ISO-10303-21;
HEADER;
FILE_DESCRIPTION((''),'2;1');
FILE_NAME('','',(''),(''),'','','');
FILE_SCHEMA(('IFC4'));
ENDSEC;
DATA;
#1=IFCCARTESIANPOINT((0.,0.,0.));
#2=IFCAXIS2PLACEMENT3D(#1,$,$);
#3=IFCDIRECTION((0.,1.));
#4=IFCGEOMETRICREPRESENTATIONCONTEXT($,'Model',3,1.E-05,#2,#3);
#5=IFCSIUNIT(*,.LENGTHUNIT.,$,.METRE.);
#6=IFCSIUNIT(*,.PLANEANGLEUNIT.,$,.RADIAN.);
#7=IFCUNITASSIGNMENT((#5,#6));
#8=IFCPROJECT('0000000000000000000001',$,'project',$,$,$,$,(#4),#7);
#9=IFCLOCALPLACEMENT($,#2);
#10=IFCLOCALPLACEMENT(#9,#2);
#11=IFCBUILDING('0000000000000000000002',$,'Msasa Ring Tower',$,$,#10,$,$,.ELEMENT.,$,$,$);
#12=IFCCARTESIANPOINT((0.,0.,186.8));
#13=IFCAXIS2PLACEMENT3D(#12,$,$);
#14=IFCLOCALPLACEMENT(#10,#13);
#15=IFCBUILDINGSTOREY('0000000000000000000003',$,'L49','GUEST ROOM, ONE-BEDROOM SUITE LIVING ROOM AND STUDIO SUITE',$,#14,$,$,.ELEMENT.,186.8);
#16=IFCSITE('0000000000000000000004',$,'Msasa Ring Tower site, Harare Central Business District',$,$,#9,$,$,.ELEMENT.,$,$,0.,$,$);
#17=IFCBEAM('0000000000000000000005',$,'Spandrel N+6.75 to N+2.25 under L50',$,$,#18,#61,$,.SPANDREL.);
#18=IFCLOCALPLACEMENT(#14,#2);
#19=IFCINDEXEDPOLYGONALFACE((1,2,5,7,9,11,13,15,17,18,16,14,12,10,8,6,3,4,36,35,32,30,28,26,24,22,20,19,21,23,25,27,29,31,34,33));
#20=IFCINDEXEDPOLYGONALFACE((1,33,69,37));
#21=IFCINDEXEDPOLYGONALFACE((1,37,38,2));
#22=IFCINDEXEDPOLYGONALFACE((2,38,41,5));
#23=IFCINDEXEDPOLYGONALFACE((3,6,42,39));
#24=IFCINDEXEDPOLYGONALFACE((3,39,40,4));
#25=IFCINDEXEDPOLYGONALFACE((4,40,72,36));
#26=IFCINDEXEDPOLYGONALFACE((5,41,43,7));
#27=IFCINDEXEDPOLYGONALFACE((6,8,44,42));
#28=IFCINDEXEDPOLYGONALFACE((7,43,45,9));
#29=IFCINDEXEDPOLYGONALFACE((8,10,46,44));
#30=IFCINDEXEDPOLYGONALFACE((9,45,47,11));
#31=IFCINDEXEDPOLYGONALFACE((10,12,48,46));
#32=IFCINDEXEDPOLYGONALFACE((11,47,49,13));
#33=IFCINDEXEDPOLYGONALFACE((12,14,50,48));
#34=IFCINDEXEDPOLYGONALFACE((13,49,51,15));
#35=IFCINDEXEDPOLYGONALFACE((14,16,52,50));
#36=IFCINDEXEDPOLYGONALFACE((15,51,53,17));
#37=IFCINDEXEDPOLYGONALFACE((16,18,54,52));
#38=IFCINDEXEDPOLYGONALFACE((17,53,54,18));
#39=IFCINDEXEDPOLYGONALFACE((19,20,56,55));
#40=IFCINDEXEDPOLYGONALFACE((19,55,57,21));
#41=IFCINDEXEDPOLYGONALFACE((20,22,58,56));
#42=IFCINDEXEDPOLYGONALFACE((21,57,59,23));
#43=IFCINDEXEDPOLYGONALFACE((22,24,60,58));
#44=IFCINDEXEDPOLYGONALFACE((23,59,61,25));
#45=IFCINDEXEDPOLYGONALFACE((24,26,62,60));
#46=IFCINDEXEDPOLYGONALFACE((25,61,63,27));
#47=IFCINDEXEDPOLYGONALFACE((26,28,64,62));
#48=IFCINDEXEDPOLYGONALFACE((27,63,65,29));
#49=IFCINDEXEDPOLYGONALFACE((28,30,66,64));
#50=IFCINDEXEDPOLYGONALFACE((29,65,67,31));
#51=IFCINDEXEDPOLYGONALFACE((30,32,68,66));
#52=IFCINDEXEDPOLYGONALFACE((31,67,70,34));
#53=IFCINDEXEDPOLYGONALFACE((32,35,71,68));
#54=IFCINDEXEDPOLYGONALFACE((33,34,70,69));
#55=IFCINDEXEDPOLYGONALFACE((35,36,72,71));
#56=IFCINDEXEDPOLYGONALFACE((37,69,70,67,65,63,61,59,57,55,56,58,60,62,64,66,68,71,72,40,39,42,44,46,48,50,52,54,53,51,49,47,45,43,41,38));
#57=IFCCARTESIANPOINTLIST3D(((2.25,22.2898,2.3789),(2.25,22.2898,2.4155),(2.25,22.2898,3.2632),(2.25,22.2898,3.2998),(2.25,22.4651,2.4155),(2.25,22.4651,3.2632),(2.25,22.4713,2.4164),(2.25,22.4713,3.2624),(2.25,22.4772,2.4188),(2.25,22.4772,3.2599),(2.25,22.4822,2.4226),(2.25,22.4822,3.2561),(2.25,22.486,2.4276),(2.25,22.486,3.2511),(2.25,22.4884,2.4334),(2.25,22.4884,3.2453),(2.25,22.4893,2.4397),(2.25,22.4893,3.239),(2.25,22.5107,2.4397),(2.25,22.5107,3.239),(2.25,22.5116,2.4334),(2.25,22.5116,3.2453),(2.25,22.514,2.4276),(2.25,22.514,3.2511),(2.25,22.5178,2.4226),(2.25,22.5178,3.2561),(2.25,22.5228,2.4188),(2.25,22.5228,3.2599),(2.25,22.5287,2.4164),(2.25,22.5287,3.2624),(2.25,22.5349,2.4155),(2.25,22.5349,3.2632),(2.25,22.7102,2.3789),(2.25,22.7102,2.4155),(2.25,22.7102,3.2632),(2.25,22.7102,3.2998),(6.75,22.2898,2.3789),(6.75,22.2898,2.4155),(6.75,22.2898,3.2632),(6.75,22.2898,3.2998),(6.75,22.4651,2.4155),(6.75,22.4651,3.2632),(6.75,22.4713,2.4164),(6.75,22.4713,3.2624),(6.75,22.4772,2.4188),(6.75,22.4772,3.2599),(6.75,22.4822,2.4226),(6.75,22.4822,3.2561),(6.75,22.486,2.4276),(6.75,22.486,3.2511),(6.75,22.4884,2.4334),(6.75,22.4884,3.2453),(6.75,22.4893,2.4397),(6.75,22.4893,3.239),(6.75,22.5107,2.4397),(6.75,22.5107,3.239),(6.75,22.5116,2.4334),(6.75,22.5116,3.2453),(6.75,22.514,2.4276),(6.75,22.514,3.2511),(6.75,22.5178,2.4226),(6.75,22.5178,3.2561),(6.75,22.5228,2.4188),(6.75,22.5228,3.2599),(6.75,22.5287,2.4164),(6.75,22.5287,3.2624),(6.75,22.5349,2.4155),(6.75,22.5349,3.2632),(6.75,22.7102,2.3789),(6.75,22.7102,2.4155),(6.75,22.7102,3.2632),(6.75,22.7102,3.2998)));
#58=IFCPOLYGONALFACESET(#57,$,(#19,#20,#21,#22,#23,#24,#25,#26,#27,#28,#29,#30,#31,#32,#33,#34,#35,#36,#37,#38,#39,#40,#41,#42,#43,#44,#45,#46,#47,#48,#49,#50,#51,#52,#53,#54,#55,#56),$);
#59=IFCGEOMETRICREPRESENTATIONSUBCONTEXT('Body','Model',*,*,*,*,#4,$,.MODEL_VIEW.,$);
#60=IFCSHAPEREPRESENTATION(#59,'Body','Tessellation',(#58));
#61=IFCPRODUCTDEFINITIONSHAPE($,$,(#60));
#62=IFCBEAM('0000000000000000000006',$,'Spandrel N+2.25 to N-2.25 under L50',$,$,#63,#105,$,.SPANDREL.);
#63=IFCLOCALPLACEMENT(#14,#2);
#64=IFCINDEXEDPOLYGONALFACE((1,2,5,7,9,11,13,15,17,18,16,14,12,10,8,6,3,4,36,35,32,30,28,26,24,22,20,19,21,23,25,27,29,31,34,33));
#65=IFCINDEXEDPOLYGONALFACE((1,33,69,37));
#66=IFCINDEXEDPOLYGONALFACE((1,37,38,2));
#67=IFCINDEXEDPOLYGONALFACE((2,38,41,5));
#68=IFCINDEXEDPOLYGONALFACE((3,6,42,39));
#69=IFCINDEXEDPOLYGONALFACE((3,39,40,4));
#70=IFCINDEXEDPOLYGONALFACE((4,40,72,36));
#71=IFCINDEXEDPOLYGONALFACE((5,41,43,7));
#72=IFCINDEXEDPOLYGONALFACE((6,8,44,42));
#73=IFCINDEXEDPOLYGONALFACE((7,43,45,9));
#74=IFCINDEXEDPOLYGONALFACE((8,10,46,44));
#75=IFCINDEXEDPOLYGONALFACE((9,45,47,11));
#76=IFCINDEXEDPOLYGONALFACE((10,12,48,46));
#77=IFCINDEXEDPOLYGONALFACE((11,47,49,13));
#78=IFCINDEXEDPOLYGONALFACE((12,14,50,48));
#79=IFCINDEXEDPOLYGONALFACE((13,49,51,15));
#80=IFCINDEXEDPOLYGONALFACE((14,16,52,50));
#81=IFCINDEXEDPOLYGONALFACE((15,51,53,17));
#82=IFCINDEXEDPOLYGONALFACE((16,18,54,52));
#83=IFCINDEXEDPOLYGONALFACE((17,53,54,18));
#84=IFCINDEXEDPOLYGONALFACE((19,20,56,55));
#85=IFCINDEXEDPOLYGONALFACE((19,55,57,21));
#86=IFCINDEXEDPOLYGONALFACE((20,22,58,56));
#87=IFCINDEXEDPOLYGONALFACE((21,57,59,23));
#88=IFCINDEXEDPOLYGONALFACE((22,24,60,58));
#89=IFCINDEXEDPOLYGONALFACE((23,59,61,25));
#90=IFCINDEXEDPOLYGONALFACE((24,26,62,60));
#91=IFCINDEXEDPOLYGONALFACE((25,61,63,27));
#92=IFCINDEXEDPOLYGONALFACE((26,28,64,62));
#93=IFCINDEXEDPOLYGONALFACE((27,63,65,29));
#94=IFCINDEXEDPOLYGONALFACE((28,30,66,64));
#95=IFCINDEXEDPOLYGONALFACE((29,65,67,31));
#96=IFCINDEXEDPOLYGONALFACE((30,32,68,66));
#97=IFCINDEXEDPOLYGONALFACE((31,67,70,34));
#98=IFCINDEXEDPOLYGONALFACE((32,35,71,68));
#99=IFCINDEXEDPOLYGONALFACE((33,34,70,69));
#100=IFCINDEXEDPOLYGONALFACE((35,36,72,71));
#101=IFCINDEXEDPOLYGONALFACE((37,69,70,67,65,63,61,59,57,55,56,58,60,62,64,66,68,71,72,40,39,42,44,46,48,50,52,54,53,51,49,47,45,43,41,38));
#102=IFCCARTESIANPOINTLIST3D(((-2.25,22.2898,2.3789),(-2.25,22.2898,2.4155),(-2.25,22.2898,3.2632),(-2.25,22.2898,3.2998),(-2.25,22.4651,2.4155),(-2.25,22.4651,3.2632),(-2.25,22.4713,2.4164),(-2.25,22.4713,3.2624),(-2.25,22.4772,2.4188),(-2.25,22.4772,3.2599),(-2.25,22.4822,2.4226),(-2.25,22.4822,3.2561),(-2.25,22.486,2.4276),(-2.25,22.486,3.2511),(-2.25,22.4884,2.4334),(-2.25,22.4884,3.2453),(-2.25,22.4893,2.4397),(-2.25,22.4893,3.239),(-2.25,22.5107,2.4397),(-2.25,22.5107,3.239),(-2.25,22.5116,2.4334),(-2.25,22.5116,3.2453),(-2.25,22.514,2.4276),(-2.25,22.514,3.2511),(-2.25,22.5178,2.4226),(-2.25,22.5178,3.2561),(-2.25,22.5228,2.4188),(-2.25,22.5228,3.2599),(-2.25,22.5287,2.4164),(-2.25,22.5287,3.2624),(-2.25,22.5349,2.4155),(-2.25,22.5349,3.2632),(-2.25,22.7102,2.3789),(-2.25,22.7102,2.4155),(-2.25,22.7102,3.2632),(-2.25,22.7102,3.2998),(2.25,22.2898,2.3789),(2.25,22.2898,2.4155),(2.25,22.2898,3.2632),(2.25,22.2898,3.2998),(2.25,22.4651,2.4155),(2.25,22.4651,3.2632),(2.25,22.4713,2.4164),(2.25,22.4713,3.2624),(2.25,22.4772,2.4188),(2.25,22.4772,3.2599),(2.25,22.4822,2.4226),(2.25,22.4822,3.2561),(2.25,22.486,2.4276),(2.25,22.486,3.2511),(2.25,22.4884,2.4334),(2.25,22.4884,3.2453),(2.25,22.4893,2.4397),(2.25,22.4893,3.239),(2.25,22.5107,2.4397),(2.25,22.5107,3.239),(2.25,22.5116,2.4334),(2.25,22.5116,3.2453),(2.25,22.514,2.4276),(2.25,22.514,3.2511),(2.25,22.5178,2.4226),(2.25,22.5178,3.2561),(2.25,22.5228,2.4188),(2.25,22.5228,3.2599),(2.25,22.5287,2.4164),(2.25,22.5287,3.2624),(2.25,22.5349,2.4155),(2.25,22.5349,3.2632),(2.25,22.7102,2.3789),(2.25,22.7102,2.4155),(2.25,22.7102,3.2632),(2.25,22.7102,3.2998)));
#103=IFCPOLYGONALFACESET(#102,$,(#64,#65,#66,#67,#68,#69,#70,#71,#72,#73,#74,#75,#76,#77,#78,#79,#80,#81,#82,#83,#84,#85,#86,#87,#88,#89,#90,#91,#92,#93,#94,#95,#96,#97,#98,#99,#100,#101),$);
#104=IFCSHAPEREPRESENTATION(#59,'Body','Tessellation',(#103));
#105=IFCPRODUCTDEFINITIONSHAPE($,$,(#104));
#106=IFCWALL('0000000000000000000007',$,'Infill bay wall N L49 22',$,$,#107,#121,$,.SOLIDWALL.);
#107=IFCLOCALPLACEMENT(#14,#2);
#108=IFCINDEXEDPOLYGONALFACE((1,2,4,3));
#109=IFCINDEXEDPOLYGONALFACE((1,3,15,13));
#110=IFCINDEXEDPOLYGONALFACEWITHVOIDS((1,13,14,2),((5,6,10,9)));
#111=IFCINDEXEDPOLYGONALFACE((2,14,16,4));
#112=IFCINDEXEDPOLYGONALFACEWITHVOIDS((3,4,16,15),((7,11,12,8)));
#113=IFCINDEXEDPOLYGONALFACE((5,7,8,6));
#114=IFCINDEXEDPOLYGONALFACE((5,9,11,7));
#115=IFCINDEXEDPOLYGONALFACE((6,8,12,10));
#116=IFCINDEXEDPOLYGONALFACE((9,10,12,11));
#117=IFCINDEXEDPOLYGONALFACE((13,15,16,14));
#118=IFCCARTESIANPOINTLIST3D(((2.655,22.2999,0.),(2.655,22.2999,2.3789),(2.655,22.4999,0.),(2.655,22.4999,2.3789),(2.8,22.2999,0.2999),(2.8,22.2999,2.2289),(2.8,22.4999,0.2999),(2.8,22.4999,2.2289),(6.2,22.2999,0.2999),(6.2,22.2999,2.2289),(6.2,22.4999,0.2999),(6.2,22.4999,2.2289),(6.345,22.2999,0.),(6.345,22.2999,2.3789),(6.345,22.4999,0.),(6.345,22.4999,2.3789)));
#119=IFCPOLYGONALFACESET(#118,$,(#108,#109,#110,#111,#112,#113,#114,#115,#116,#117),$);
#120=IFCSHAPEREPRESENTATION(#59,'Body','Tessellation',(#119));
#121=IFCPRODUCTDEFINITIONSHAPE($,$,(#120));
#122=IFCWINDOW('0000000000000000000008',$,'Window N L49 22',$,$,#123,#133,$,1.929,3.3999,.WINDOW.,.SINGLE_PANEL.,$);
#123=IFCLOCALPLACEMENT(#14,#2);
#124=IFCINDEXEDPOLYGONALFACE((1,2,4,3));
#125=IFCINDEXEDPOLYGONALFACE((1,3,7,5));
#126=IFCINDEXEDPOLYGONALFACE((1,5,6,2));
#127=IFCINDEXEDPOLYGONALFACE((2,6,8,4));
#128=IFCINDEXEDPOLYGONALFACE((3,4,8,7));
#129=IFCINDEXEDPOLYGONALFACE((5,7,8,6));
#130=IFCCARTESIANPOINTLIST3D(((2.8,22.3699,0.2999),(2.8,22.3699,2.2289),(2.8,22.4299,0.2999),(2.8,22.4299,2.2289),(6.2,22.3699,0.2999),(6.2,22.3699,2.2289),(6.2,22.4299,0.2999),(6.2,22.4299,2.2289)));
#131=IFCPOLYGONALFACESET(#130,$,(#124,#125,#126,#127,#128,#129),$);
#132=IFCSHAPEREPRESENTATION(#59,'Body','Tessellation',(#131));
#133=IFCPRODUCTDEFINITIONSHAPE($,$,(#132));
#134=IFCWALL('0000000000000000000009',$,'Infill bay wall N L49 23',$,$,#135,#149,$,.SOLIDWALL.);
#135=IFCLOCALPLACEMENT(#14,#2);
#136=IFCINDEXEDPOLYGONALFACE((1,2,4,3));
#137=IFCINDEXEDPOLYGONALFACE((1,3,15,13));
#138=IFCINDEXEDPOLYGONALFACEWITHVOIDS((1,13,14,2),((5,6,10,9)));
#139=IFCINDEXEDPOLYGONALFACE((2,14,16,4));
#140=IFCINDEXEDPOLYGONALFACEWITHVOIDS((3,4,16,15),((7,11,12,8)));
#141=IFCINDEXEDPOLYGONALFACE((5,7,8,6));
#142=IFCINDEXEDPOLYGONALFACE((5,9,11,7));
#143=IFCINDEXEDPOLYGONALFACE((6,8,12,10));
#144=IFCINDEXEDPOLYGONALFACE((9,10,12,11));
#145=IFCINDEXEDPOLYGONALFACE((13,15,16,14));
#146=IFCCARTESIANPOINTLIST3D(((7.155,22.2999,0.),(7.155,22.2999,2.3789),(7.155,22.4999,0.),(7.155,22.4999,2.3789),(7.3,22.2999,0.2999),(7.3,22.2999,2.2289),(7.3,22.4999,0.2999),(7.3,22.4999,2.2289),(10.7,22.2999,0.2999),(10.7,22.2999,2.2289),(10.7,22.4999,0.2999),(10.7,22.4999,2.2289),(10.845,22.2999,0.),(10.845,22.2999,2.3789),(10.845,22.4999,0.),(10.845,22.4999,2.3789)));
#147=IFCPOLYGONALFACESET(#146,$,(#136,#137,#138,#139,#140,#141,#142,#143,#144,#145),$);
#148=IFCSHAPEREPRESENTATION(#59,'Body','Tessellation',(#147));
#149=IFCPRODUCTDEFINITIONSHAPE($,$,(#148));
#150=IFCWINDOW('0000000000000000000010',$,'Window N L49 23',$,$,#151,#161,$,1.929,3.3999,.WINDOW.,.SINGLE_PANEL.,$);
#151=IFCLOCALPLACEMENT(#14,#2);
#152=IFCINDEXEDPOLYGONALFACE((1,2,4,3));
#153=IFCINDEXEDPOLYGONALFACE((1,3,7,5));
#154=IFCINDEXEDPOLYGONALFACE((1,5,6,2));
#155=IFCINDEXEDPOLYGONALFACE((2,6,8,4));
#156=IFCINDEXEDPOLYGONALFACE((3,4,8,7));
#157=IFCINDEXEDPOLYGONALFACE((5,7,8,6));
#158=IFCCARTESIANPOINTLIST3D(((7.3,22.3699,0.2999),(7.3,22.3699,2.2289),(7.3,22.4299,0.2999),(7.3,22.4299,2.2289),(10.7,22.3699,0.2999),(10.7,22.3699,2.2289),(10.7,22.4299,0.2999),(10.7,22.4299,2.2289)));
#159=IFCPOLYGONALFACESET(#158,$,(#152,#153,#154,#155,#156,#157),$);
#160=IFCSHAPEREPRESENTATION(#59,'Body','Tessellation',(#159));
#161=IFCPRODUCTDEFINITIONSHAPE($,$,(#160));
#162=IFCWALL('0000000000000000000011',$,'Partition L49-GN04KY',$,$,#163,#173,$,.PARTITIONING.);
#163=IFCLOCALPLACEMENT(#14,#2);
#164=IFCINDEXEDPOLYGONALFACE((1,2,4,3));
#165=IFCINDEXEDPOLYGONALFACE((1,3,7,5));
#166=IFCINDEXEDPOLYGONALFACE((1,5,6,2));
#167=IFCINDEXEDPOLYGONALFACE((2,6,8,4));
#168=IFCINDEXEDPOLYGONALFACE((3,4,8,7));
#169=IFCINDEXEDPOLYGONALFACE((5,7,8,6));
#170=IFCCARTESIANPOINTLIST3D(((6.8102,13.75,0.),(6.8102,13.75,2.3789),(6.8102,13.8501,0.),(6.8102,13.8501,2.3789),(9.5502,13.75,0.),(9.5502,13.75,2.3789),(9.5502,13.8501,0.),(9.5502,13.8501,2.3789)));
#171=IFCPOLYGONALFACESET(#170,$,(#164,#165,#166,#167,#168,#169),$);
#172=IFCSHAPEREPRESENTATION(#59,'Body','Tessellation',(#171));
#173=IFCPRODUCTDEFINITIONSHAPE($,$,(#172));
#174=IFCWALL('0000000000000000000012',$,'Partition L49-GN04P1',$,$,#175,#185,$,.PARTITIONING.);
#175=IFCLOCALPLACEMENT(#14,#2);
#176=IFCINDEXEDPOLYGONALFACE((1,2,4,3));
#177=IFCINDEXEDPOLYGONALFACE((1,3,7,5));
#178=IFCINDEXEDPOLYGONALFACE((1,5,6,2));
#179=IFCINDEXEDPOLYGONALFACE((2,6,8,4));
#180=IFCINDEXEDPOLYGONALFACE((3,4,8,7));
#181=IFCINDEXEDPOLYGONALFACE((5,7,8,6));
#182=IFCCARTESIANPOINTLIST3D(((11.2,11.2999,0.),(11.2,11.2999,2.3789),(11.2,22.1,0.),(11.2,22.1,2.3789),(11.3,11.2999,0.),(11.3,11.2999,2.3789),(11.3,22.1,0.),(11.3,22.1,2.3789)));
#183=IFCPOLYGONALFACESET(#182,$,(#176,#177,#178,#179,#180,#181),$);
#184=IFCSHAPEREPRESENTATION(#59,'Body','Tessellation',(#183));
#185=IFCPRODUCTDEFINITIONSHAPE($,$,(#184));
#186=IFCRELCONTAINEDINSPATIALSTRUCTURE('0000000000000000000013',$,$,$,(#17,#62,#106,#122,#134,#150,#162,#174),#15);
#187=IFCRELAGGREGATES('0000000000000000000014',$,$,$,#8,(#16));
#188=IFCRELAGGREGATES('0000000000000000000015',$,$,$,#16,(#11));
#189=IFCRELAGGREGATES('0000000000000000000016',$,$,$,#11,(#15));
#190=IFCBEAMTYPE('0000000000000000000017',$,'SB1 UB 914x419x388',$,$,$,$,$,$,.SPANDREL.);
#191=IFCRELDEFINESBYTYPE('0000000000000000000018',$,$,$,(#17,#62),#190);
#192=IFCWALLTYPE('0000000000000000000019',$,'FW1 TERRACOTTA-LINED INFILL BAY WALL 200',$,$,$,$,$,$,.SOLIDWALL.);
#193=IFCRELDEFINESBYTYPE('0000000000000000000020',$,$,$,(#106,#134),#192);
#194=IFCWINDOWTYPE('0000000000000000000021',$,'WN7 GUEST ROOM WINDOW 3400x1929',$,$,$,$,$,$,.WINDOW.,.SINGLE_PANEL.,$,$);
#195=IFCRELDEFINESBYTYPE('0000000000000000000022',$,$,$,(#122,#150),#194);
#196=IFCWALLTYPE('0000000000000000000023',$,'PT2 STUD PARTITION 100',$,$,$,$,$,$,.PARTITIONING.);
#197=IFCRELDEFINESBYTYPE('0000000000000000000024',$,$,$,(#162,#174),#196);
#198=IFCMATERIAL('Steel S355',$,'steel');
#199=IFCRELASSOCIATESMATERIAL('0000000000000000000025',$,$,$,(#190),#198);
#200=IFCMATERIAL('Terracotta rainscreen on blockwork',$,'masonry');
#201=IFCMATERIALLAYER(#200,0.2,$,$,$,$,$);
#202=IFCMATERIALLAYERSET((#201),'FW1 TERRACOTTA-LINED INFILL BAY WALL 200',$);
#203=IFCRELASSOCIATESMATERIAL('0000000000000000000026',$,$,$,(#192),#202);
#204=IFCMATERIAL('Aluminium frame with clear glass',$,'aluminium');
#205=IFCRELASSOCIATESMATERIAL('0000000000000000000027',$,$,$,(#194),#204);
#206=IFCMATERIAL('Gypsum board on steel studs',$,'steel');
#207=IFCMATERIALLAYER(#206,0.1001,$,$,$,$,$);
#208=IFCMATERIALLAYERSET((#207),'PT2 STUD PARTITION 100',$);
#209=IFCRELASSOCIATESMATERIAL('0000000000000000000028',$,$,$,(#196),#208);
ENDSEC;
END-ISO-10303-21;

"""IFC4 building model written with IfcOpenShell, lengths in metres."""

from ifc_helpers import new_model, si_unit, direction, frame, frame_2d, origin, origin_2d, place, context, subcontext, project, spatial, rectangle, i_section, extrude, material, layer, layer_set, material_profile, profile_set, type_object, element, fill, save


model = new_model("IFC4")

# Units and contexts
model_context = context("Model", 3, precision=1e-05, world=origin(), true_north=direction((0.0, 1.0)))
body_context = subcontext(model_context, "Body", "Model", "MODEL_VIEW")
ifc_project = project(units=[si_unit("LENGTHUNIT", "METRE"), si_unit("PLANEANGLEUNIT", "RADIAN")], contexts=[model_context])

# Site, building, storey
site_placement = place(None, origin())
site = spatial("IfcSite", under=ifc_project, at=site_placement, Name="Msasa Ring Tower site, Harare Central Business District", CompositionType="ELEMENT", RefElevation=0.0)
building_placement = place(site_placement, origin())
building = spatial("IfcBuilding", under=site, at=building_placement, Name="Msasa Ring Tower", CompositionType="ELEMENT")
storey_placement = place(building_placement, frame((0.0, 0.0, 186.8)))
storey = spatial("IfcBuildingStorey", under=building, at=storey_placement, Name="L49", Description="GUEST ROOM, ONE-BEDROOM SUITE LIVING ROOM AND STUDIO SUITE", CompositionType="ELEMENT", Elevation=186.8)

# Beams
ifc_material_1 = material(Name="Steel S355", Category="steel")
ifc_material_profile_1 = material_profile(ifc_material_1, i_section(OverallWidth=0.4204, OverallDepth=0.9209, WebThickness=0.0215, FlangeThickness=0.0366, FilletRadius=0.0242, at=origin_2d()), Name="UB 914x419x388")
ifc_profile_set_1 = profile_set([ifc_material_profile_1], Name="Steel S355")
beam_type_1 = type_object("IfcBeamType", Name="SB1 UB 914x419x388", PredefinedType="SPANDREL", material=ifc_profile_set_1)
for number, where, z_axis, x_axis, name in (
    (1, (6.75, 22.5, 2.8394), (-1.0, 0.0, 0.0), (0.0, -1.0, 0.0), "Spandrel N+6.75 to N+2.25 under L50"),
    (2, (2.25, 22.5, 2.8394), (-1.0, 0.0, 0.0), (0.0, -1.0, 0.0), "Spandrel N+2.25 to N-2.25 under L50"),
):
    element("IfcBeam", number, at=place(storey_placement, frame(where, z_axis=z_axis, x_axis=x_axis)), inside=storey, type_object=beam_type_1, Name=name, PredefinedType="SPANDREL", context=body_context, shape_type="SweptSolid", body=[
        extrude(i_section(OverallWidth=0.4204, OverallDepth=0.9209, WebThickness=0.0215, FlangeThickness=0.0366, FilletRadius=0.0242, at=origin_2d()), origin(), (0.0, 0.0, 1.0), 4.5),
    ])

# Walls, openings, windows
ifc_material_2 = material(Name="Terracotta rainscreen on blockwork", Category="masonry")
ifc_layer_1 = layer(ifc_material_2, 0.2)
ifc_layer_set_1 = layer_set([ifc_layer_1], Name="FW1 TERRACOTTA-LINED INFILL BAY WALL 200")
wall_type_1 = type_object("IfcWallType", Name="FW1 TERRACOTTA-LINED INFILL BAY WALL 200", PredefinedType="SOLIDWALL", material=ifc_layer_set_1)
wall_1_placement = place(storey_placement, frame((2.655, 22.3999, 0.0), z_axis=(0.0, 0.0, 1.0), x_axis=(1.0, 0.0, 0.0)))
wall_1 = element("IfcWall", 3, at=wall_1_placement, inside=storey, type_object=wall_type_1, Name="Infill bay wall N L49 22", PredefinedType="SOLIDWALL", context=body_context, shape_type="SweptSolid", body=[
    extrude(rectangle(XDim=3.6899, YDim=0.2, at=frame_2d((1.845, 0.0))), origin(), (0.0, 0.0, 1.0), 2.3789),
])
opening_1_placement = place(wall_1_placement, frame((0.145, 0.0, 0.3)))
opening_1 = element("IfcOpeningElement", 4, at=opening_1_placement, cuts=wall_1, PredefinedType="OPENING", context=body_context, shape_type="SweptSolid", body=[
    extrude(rectangle(XDim=3.3999, YDim=1.929, at=frame_2d((1.7, 0.9644))), frame((0.0, 0.1099, 0.0), z_axis=(0.0, -1.0, 0.0), x_axis=(1.0, 0.0, 0.0)), (0.0, 0.0, 1.0), 0.22),
])
ifc_material_3 = material(Name="Aluminium frame with clear glass", Category="aluminium")
window_type = type_object("IfcWindowType", Name="WN7 GUEST ROOM WINDOW 3400x1929", PartitioningType="SINGLE_PANEL", PredefinedType="WINDOW", material=ifc_material_3)
window_1_placement = place(opening_1_placement, origin())
window_1 = element("IfcWindow", 5, at=window_1_placement, inside=storey, type_object=window_type, Name="Window N L49 22", OverallHeight=1.929, OverallWidth=3.3999, PartitioningType="SINGLE_PANEL", PredefinedType="WINDOW", context=body_context, shape_type="SweptSolid", body=[
    extrude(rectangle(XDim=3.3999, YDim=1.929, at=frame_2d((1.7, 0.9644))), frame((0.0, 0.03, 0.0), z_axis=(0.0, -1.0, 0.0), x_axis=(1.0, 0.0, 0.0)), (0.0, 0.0, 1.0), 0.0601),
])
fill(opening_1, window_1)
wall_2_placement = place(storey_placement, frame((7.155, 22.3999, 0.0), z_axis=(0.0, 0.0, 1.0), x_axis=(1.0, 0.0, 0.0)))
wall_2 = element("IfcWall", 6, at=wall_2_placement, inside=storey, type_object=wall_type_1, Name="Infill bay wall N L49 23", PredefinedType="SOLIDWALL", context=body_context, shape_type="SweptSolid", body=[
    extrude(rectangle(XDim=3.6899, YDim=0.2, at=frame_2d((1.845, 0.0))), origin(), (0.0, 0.0, 1.0), 2.3789),
])
opening_2_placement = place(wall_2_placement, frame((0.145, 0.0, 0.3)))
opening_2 = element("IfcOpeningElement", 7, at=opening_2_placement, cuts=wall_2, PredefinedType="OPENING", context=body_context, shape_type="SweptSolid", body=[
    extrude(rectangle(XDim=3.3999, YDim=1.929, at=frame_2d((1.7, 0.9644))), frame((0.0, 0.1099, 0.0), z_axis=(0.0, -1.0, 0.0), x_axis=(1.0, 0.0, 0.0)), (0.0, 0.0, 1.0), 0.22),
])
window_2_placement = place(opening_2_placement, origin())
window_2 = element("IfcWindow", 8, at=window_2_placement, inside=storey, type_object=window_type, Name="Window N L49 23", OverallHeight=1.929, OverallWidth=3.3999, PartitioningType="SINGLE_PANEL", PredefinedType="WINDOW", context=body_context, shape_type="SweptSolid", body=[
    extrude(rectangle(XDim=3.3999, YDim=1.929, at=frame_2d((1.7, 0.9644))), frame((0.0, 0.03, 0.0), z_axis=(0.0, -1.0, 0.0), x_axis=(1.0, 0.0, 0.0)), (0.0, 0.0, 1.0), 0.0601),
])
fill(opening_2, window_2)

# Walls
ifc_material_4 = material(Name="Gypsum board on steel studs", Category="steel")
ifc_layer_2 = layer(ifc_material_4, 0.1001)
ifc_layer_set_2 = layer_set([ifc_layer_2], Name="PT2 STUD PARTITION 100")
wall_type_2 = type_object("IfcWallType", Name="PT2 STUD PARTITION 100", PredefinedType="PARTITIONING", material=ifc_layer_set_2)
wall_3_placement = place(storey_placement, frame((6.8101, 13.8, 0.0), z_axis=(0.0, 0.0, 1.0), x_axis=(1.0, 0.0, 0.0)))
element("IfcWall", 9, at=wall_3_placement, inside=storey, type_object=wall_type_2, Name="Partition L49-GN04KY", PredefinedType="PARTITIONING", context=body_context, shape_type="SweptSolid", body=[
    extrude(rectangle(XDim=2.74, YDim=0.1001, at=frame_2d((1.3701, 0.0))), origin(), (0.0, 0.0, 1.0), 2.3789),
])
wall_4_placement = place(storey_placement, frame((11.25, 11.3, 0.0), z_axis=(0.0, 0.0, 1.0), x_axis=(0.0, 1.0, 0.0)))
element("IfcWall", 10, at=wall_4_placement, inside=storey, type_object=wall_type_2, Name="Partition L49-GN04P1", PredefinedType="PARTITIONING", context=body_context, shape_type="SweptSolid", body=[
    extrude(rectangle(XDim=10.8, YDim=0.1001, at=frame_2d((5.3999, 0.0))), origin(), (0.0, 0.0, 1.0), 2.3789),
])

save(model, "model.ifc")
